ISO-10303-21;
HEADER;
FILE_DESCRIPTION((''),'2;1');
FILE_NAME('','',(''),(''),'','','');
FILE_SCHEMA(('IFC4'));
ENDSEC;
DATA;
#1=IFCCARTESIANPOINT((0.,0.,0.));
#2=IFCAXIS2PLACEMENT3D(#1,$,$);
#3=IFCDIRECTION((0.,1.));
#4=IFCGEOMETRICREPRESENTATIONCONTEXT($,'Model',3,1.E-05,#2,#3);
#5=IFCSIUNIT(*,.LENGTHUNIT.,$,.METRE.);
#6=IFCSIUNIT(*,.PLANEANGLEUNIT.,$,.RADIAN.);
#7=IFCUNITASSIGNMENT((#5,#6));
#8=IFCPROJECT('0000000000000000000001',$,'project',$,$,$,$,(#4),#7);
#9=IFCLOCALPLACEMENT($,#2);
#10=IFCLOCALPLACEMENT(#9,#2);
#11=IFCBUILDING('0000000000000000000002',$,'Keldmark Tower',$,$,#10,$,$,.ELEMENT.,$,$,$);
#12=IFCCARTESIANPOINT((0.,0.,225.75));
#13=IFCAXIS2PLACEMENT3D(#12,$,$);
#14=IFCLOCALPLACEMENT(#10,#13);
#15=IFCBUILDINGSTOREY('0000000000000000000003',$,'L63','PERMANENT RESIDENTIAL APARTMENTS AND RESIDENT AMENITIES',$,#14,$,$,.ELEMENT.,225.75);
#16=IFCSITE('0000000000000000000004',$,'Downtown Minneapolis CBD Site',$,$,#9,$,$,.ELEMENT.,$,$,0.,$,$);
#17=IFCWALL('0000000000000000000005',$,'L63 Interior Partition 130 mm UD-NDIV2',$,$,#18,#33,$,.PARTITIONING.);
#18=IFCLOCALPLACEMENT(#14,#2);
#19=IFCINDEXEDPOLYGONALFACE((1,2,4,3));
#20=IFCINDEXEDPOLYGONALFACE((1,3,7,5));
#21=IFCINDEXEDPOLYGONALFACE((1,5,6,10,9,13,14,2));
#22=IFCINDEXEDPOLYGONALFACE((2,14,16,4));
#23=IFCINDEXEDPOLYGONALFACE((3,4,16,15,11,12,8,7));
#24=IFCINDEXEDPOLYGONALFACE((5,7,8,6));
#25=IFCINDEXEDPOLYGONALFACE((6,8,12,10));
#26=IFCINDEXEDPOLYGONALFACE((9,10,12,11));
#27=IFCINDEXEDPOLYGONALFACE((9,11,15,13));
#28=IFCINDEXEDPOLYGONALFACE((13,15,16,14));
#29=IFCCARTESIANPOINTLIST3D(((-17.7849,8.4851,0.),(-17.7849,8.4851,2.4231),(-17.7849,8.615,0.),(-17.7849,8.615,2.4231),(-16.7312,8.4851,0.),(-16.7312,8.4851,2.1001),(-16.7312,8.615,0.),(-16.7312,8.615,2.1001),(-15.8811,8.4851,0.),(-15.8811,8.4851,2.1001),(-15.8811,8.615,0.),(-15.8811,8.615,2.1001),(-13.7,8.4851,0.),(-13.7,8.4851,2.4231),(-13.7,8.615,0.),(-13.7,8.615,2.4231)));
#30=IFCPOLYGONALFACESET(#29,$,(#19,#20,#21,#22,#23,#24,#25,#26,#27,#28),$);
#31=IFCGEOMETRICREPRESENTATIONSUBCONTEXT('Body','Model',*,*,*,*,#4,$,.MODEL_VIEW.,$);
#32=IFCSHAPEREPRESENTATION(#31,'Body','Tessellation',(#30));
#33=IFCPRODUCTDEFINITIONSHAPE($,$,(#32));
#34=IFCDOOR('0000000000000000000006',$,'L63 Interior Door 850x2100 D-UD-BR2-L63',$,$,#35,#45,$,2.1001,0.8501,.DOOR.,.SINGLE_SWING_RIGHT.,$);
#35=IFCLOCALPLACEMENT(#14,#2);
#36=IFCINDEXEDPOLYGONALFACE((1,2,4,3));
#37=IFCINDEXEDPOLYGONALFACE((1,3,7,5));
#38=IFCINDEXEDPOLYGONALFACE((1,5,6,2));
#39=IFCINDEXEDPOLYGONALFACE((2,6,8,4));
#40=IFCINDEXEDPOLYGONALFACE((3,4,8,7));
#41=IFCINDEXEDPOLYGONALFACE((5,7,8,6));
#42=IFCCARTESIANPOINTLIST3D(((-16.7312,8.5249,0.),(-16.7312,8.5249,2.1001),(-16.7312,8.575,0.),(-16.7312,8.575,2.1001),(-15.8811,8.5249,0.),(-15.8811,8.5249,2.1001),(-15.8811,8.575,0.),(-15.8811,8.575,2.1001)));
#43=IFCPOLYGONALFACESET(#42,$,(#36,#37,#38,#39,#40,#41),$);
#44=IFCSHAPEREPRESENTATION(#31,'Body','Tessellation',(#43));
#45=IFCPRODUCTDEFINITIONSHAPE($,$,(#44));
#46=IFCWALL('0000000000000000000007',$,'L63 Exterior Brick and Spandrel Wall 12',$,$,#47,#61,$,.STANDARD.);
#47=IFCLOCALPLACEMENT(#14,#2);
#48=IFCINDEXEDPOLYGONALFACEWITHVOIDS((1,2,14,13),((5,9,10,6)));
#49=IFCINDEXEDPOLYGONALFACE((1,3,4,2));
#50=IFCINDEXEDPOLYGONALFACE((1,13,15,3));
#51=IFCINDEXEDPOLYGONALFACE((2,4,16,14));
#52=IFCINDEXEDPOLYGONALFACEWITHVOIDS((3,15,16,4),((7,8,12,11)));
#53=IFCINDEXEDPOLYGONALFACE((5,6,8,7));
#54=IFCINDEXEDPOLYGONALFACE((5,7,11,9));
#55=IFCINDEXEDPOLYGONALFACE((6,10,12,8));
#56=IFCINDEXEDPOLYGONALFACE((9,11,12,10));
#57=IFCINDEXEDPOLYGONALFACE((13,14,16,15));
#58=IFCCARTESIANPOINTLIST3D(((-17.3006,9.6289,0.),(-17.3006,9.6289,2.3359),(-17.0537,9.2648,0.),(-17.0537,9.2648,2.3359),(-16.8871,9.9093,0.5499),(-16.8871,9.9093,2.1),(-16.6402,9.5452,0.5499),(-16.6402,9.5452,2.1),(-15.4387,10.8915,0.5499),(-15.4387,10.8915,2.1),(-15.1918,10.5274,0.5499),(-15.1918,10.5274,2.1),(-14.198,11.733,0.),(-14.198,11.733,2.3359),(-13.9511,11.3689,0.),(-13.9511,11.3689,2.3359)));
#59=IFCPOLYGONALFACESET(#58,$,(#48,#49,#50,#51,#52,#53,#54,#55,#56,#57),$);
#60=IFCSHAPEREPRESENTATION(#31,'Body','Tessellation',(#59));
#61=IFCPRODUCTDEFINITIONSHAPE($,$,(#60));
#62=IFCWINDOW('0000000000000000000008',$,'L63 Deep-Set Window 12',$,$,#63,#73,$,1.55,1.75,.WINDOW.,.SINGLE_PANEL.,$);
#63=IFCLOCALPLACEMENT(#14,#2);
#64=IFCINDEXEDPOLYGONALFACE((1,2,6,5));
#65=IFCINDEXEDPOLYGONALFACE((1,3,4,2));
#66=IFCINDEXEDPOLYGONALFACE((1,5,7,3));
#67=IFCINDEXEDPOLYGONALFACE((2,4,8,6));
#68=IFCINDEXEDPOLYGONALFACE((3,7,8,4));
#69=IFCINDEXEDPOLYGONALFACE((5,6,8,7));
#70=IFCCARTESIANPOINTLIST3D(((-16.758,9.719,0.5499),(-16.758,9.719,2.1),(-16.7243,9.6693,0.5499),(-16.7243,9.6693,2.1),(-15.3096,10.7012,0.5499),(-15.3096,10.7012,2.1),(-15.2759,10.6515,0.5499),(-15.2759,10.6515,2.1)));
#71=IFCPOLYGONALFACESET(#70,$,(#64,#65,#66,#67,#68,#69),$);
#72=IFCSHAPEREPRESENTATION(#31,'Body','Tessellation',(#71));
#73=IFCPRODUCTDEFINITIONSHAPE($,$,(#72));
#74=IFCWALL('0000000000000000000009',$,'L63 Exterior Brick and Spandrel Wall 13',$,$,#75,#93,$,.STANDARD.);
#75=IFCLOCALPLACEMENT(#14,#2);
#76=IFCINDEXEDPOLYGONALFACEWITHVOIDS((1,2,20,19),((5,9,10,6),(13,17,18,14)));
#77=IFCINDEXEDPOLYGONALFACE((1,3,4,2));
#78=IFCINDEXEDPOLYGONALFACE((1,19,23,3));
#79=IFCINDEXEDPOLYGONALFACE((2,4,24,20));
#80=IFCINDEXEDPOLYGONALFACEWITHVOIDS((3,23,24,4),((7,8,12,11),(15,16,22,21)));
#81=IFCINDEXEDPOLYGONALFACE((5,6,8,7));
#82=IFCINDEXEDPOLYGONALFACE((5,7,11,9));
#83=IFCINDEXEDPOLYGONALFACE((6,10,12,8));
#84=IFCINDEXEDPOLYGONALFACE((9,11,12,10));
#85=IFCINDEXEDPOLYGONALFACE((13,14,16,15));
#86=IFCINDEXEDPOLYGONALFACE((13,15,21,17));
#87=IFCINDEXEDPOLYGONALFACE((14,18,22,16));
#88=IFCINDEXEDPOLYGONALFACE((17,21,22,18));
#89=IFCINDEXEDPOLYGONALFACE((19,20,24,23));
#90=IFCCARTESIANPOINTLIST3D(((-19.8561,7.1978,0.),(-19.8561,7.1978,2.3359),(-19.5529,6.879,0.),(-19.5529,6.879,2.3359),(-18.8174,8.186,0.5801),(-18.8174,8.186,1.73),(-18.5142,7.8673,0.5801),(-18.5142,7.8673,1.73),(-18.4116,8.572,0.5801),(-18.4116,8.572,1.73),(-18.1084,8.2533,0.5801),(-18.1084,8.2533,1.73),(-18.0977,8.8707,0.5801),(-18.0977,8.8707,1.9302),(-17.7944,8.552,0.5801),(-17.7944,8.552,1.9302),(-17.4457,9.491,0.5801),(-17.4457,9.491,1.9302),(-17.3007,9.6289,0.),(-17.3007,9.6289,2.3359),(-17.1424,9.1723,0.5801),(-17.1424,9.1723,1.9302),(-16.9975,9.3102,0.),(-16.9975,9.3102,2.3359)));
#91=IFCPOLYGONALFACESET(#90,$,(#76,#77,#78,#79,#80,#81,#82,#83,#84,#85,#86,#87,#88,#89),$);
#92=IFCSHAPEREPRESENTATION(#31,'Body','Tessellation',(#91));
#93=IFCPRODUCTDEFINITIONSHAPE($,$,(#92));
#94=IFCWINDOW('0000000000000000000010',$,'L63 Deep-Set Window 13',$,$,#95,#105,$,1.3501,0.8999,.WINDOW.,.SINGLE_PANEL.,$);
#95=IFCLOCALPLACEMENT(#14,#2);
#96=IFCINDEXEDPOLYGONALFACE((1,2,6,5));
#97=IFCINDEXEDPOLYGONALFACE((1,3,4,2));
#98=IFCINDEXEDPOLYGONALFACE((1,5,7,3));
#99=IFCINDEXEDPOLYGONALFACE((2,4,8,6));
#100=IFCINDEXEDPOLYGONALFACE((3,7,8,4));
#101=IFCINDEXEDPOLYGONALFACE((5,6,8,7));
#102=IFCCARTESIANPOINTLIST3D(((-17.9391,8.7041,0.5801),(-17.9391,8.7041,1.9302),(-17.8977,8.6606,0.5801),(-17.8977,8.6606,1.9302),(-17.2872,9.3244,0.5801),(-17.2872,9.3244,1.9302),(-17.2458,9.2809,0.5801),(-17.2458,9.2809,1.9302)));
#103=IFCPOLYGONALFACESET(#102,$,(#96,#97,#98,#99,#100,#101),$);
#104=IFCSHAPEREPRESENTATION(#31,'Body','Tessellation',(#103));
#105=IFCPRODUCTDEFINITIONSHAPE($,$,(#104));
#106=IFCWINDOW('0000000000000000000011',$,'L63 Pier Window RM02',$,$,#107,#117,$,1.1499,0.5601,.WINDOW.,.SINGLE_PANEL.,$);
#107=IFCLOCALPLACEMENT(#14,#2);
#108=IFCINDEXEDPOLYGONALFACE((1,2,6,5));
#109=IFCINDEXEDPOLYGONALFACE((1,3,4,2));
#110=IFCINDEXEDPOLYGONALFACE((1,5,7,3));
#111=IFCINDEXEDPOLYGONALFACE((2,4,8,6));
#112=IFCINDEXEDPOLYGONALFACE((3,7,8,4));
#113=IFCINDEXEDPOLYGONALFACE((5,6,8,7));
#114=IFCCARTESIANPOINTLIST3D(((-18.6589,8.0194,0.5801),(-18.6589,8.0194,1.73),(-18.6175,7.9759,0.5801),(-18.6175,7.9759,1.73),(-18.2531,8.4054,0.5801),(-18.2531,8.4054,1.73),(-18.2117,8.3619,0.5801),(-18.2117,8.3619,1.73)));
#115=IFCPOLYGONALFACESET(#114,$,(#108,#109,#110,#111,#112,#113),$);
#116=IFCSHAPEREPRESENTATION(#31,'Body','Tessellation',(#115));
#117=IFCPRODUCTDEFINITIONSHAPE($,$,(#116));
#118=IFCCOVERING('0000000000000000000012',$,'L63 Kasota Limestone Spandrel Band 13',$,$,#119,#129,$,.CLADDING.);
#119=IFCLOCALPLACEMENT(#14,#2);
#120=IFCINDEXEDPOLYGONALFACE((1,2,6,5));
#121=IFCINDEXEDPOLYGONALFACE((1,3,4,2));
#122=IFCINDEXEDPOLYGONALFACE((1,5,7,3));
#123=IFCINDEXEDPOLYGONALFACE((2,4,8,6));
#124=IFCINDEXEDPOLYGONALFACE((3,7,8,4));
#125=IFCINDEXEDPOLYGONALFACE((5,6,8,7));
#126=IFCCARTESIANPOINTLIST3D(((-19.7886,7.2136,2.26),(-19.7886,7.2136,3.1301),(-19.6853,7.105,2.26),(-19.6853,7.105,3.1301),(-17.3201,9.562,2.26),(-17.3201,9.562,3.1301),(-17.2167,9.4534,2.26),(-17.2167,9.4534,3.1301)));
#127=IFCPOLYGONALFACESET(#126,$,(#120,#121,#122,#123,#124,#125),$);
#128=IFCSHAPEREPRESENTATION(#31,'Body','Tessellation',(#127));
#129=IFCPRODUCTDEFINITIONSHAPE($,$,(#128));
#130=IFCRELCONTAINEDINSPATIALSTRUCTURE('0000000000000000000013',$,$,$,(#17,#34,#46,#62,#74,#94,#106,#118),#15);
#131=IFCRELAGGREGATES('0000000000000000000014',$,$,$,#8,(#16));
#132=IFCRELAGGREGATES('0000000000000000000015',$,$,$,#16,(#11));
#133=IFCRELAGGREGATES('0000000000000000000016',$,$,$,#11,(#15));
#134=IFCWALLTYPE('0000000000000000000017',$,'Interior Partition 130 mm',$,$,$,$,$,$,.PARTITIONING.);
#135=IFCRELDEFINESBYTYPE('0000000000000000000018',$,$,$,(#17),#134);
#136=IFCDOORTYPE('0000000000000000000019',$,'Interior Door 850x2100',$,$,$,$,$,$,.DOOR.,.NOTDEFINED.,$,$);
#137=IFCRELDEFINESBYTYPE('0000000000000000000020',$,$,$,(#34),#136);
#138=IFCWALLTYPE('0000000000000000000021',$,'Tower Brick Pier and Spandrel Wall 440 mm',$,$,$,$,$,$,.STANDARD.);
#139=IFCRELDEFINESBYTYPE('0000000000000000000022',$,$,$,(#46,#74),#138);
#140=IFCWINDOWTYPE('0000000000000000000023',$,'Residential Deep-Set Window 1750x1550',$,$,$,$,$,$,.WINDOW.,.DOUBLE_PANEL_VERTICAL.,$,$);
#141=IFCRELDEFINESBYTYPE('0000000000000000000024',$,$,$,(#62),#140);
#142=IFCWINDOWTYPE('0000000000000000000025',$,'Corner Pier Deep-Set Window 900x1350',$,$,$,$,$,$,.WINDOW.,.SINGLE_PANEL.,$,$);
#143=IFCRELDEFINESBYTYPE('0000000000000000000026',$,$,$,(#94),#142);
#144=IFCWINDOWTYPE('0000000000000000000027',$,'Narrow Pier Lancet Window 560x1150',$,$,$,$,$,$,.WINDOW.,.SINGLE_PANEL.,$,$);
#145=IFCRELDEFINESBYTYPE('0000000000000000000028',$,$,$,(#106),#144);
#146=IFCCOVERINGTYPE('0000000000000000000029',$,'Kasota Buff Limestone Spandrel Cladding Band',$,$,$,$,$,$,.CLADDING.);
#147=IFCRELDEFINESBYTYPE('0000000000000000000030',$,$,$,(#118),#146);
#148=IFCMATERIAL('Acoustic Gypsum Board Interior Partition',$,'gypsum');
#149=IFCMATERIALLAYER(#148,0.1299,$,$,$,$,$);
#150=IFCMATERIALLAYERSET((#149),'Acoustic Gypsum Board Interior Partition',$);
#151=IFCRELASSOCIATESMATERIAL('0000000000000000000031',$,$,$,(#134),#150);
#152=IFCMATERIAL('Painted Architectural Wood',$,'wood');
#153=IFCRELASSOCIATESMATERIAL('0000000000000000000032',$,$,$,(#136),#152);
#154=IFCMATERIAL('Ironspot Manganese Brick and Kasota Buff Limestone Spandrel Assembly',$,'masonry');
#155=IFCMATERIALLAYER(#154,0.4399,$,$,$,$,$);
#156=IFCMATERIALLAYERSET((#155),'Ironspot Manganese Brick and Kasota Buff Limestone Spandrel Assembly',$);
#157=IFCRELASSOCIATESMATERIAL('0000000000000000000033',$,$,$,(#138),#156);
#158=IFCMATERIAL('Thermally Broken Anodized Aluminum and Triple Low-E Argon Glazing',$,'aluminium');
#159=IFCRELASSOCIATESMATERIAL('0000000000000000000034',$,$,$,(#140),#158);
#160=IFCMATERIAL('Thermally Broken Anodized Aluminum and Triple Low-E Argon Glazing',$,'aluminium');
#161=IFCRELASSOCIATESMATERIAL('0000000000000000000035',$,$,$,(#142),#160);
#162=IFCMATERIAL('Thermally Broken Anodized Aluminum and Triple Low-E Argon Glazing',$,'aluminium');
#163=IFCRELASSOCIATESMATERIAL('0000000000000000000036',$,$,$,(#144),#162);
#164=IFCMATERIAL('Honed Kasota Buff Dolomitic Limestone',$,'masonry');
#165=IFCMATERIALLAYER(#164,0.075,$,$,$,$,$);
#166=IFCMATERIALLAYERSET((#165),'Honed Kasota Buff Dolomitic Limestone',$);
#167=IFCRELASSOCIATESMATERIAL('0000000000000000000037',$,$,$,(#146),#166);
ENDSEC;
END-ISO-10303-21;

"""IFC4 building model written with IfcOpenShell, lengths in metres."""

from ifc_helpers import new_model, si_unit, direction, frame, frame_2d, origin, origin_2d, place, context, subcontext, project, spatial, rectangle, extrude, material, layer, layer_set, type_object, element, fill, save


model = new_model("IFC4")

# Units and contexts
model_context = context("Model", 3, precision=1e-05, world=origin(), true_north=direction((0.0, 1.0)))
body_context = subcontext(model_context, "Body", "Model", "MODEL_VIEW")
ifc_project = project(units=[si_unit("LENGTHUNIT", "METRE"), si_unit("PLANEANGLEUNIT", "RADIAN")], contexts=[model_context])

# Site, building, storey
site_placement = place(None, origin())
site = spatial("IfcSite", under=ifc_project, at=site_placement, Name="Downtown Minneapolis CBD Site", CompositionType="ELEMENT", RefElevation=0.0)
building_placement = place(site_placement, origin())
building = spatial("IfcBuilding", under=site, at=building_placement, Name="Keldmark Tower", CompositionType="ELEMENT")
storey_placement = place(building_placement, frame((0.0, 0.0, 225.75)))
storey = spatial("IfcBuildingStorey", under=building, at=storey_placement, Name="L63", Description="PERMANENT RESIDENTIAL APARTMENTS AND RESIDENT AMENITIES", CompositionType="ELEMENT", Elevation=225.75)

# Wall, opening, door
ifc_material_1 = material(Name="Acoustic Gypsum Board Interior Partition", Category="gypsum")
ifc_layer_1 = layer(ifc_material_1, 0.1299)
ifc_layer_set_1 = layer_set([ifc_layer_1], Name="Acoustic Gypsum Board Interior Partition")
wall_type_1 = type_object("IfcWallType", Name="Interior Partition 130 mm", PredefinedType="PARTITIONING", material=ifc_layer_set_1)
wall_1_placement = place(storey_placement, frame((-17.7849, 8.55, 0.0), z_axis=(0.0, 0.0, 1.0), x_axis=(1.0, 0.0, 0.0)))
wall_1 = element("IfcWall", 1, at=wall_1_placement, inside=storey, type_object=wall_type_1, Name="L63 Interior Partition 130 mm UD-NDIV2", PredefinedType="PARTITIONING", context=body_context, shape_type="SweptSolid", body=[
    extrude(rectangle(XDim=4.085, YDim=0.1299, at=frame_2d((2.0425, 0.0))), origin(), (0.0, 0.0, 1.0), 2.4231),
])
opening_1_placement = place(wall_1_placement, frame((1.0537, 0.0, 0.0)))
opening_1 = element("IfcOpeningElement", 2, at=opening_1_placement, cuts=wall_1, PredefinedType="OPENING", context=body_context, shape_type="SweptSolid", body=[
    extrude(rectangle(XDim=0.8501, YDim=2.1001, at=frame_2d((0.425, 1.05))), frame((0.0, 0.075, 0.0), z_axis=(0.0, -1.0, 0.0), x_axis=(1.0, 0.0, 0.0)), (0.0, 0.0, 1.0), 0.1499),
])
ifc_material_2 = material(Name="Painted Architectural Wood", Category="wood")
door_type = type_object("IfcDoorType", Name="Interior Door 850x2100", OperationType="NOTDEFINED", PredefinedType="DOOR", material=ifc_material_2)
door_placement = place(opening_1_placement, origin())
door = element("IfcDoor", 3, at=door_placement, inside=storey, type_object=door_type, Name="L63 Interior Door 850x2100 D-UD-BR2-L63", OperationType="SINGLE_SWING_RIGHT", OverallHeight=2.1001, OverallWidth=0.8501, PredefinedType="DOOR", context=body_context, shape_type="SweptSolid", body=[
    extrude(rectangle(XDim=0.8501, YDim=2.1001, at=frame_2d((0.425, 1.05))), frame((0.0, 0.0249, 0.0), z_axis=(0.0, -1.0, 0.0), x_axis=(1.0, 0.0, 0.0)), (0.0, 0.0, 1.0), 0.05),
])
fill(opening_1, door)

# Wall, opening, window
ifc_material_3 = material(Name="Ironspot Manganese Brick and Kasota Buff Limestone Spandrel Assembly", Category="masonry")
ifc_layer_2 = layer(ifc_material_3, 0.4399)
ifc_layer_set_2 = layer_set([ifc_layer_2], Name="Ironspot Manganese Brick and Kasota Buff Limestone Spandrel Assembly")
wall_type_2 = type_object("IfcWallType", Name="Tower Brick Pier and Spandrel Wall 440 mm", PredefinedType="STANDARD", material=ifc_layer_set_2)
wall_2_placement = place(storey_placement, frame((-17.1772, 9.4468, 0.0), z_axis=(0.0, 0.0, 1.0), x_axis=(0.827636, 0.561266, 0.0)))
wall_2 = element("IfcWall", 4, at=wall_2_placement, inside=storey, type_object=wall_type_2, Name="L63 Exterior Brick and Spandrel Wall 12", PredefinedType="STANDARD", context=body_context, shape_type="SweptSolid", body=[
    extrude(rectangle(XDim=3.7488, YDim=0.4399, at=frame_2d((1.8745, 0.0))), origin(), (0.0, 0.0, 1.0), 2.3359),
])
opening_2_placement = place(wall_2_placement, frame((0.4998, 0.0, 0.55)))
opening_2 = element("IfcOpeningElement", 5, at=opening_2_placement, cuts=wall_2, PredefinedType="OPENING", context=body_context, shape_type="SweptSolid", body=[
    extrude(rectangle(XDim=1.75, YDim=1.55, at=frame_2d((0.875, 0.7749))), frame((0.0, 0.23, 0.0), z_axis=(0.0, -1.0, 0.0), x_axis=(1.0, 0.0, 0.0)), (0.0, 0.0, 1.0), 0.46),
])
ifc_material_4 = material(Name="Thermally Broken Anodized Aluminum and Triple Low-E Argon Glazing", Category="aluminium")
window_type_1 = type_object("IfcWindowType", Name="Residential Deep-Set Window 1750x1550", PartitioningType="DOUBLE_PANEL_VERTICAL", PredefinedType="WINDOW", material=ifc_material_4)
window_1_placement = place(opening_2_placement, origin())
window_1 = element("IfcWindow", 6, at=window_1_placement, inside=storey, type_object=window_type_1, Name="L63 Deep-Set Window 12", OverallHeight=1.55, OverallWidth=1.75, PartitioningType="SINGLE_PANEL", PredefinedType="WINDOW", context=body_context, shape_type="SweptSolid", body=[
    extrude(rectangle(XDim=1.75, YDim=1.55, at=frame_2d((0.875, 0.7749))), frame((0.0, -0.01, 0.0), z_axis=(0.0, -1.0, 0.0), x_axis=(1.0, 0.0, 0.0)), (0.0, 0.0, 1.0), 0.0601),
])
fill(opening_2, window_1)

# Wall, openings, windows
wall_3_placement = place(storey_placement, frame((-19.7046, 7.0383, 0.0), z_axis=(0.0, 0.0, 1.0), x_axis=(0.724503, 0.689271, 0.0)))
wall_3 = element("IfcWall", 7, at=wall_3_placement, inside=storey, type_object=wall_type_2, Name="L63 Exterior Brick and Spandrel Wall 13", PredefinedType="STANDARD", context=body_context, shape_type="SweptSolid", body=[
    extrude(rectangle(XDim=3.5271, YDim=0.4399, at=frame_2d((1.7637, 0.0))), origin(), (0.0, 0.0, 1.0), 2.3359),
])
opening_3_placement = place(wall_3_placement, frame((2.4272, 0.0, 0.5801)))
opening_3 = element("IfcOpeningElement", 8, at=opening_3_placement, cuts=wall_3, PredefinedType="OPENING", context=body_context, shape_type="SweptSolid", body=[
    extrude(rectangle(XDim=0.8999, YDim=1.3501, at=frame_2d((0.45, 0.675))), frame((0.0, 0.23, 0.0), z_axis=(0.0, -1.0, 0.0), x_axis=(1.0, 0.0, 0.0)), (0.0, 0.0, 1.0), 0.46),
])
opening_4_placement = place(wall_3_placement, frame((1.4338, 0.0, 0.5801)))
opening_4 = element("IfcOpeningElement", 9, at=opening_4_placement, cuts=wall_3, PredefinedType="OPENING", context=body_context, shape_type="SweptSolid", body=[
    extrude(rectangle(XDim=0.5601, YDim=1.1499, at=frame_2d((0.28, 0.575))), frame((0.0, 0.23, 0.0), z_axis=(0.0, -1.0, 0.0), x_axis=(1.0, 0.0, 0.0)), (0.0, 0.0, 1.0), 0.46),
])
ifc_material_5 = material(Name="Thermally Broken Anodized Aluminum and Triple Low-E Argon Glazing", Category="aluminium")
window_type_2 = type_object("IfcWindowType", Name="Corner Pier Deep-Set Window 900x1350", PartitioningType="SINGLE_PANEL", PredefinedType="WINDOW", material=ifc_material_5)
window_2_placement = place(opening_3_placement, origin())
window_2 = element("IfcWindow", 10, at=window_2_placement, inside=storey, type_object=window_type_2, Name="L63 Deep-Set Window 13", OverallHeight=1.3501, OverallWidth=0.8999, PartitioningType="SINGLE_PANEL", PredefinedType="WINDOW", context=body_context, shape_type="SweptSolid", body=[
    extrude(rectangle(XDim=0.8999, YDim=1.3501, at=frame_2d((0.45, 0.675))), frame((0.0, -0.01, 0.0), z_axis=(0.0, -1.0, 0.0), x_axis=(1.0, 0.0, 0.0)), (0.0, 0.0, 1.0), 0.0601),
])
fill(opening_3, window_2)
ifc_material_6 = material(Name="Thermally Broken Anodized Aluminum and Triple Low-E Argon Glazing", Category="aluminium")
window_type_3 = type_object("IfcWindowType", Name="Narrow Pier Lancet Window 560x1150", PartitioningType="SINGLE_PANEL", PredefinedType="WINDOW", material=ifc_material_6)
window_3_placement = place(opening_4_placement, origin())
window_3 = element("IfcWindow", 11, at=window_3_placement, inside=storey, type_object=window_type_3, Name="L63 Pier Window RM02", OverallHeight=1.1499, OverallWidth=0.5601, PartitioningType="SINGLE_PANEL", PredefinedType="WINDOW", context=body_context, shape_type="SweptSolid", body=[
    extrude(rectangle(XDim=0.5601, YDim=1.1499, at=frame_2d((0.28, 0.575))), frame((0.0, -0.01, 0.0), z_axis=(0.0, -1.0, 0.0), x_axis=(1.0, 0.0, 0.0)), (0.0, 0.0, 1.0), 0.0601),
])
fill(opening_4, window_3)

# Covering
ifc_material_7 = material(Name="Honed Kasota Buff Dolomitic Limestone", Category="masonry")
ifc_layer_3 = layer(ifc_material_7, 0.075)
ifc_layer_set_3 = layer_set([ifc_layer_3], Name="Honed Kasota Buff Dolomitic Limestone")
covering_type = type_object("IfcCoveringType", Name="Kasota Buff Limestone Spandrel Cladding Band", PredefinedType="CLADDING", material=ifc_layer_set_3)
covering_placement = place(storey_placement, frame((-18.5027, 8.3335, 2.26), z_axis=(0.0, 0.0, 1.0), x_axis=(-0.724509, -0.689266, 0.0)))
element("IfcCovering", 12, at=covering_placement, inside=storey, type_object=covering_type, Name="L63 Kasota Limestone Spandrel Band 13", PredefinedType="CLADDING", context=body_context, shape_type="SweptSolid", body=[
    extrude(rectangle(XDim=3.4072, YDim=0.1499, at=origin_2d()), origin(), (0.0, 0.0, 1.0), 0.8701),
])

save(model, "model.ifc")
